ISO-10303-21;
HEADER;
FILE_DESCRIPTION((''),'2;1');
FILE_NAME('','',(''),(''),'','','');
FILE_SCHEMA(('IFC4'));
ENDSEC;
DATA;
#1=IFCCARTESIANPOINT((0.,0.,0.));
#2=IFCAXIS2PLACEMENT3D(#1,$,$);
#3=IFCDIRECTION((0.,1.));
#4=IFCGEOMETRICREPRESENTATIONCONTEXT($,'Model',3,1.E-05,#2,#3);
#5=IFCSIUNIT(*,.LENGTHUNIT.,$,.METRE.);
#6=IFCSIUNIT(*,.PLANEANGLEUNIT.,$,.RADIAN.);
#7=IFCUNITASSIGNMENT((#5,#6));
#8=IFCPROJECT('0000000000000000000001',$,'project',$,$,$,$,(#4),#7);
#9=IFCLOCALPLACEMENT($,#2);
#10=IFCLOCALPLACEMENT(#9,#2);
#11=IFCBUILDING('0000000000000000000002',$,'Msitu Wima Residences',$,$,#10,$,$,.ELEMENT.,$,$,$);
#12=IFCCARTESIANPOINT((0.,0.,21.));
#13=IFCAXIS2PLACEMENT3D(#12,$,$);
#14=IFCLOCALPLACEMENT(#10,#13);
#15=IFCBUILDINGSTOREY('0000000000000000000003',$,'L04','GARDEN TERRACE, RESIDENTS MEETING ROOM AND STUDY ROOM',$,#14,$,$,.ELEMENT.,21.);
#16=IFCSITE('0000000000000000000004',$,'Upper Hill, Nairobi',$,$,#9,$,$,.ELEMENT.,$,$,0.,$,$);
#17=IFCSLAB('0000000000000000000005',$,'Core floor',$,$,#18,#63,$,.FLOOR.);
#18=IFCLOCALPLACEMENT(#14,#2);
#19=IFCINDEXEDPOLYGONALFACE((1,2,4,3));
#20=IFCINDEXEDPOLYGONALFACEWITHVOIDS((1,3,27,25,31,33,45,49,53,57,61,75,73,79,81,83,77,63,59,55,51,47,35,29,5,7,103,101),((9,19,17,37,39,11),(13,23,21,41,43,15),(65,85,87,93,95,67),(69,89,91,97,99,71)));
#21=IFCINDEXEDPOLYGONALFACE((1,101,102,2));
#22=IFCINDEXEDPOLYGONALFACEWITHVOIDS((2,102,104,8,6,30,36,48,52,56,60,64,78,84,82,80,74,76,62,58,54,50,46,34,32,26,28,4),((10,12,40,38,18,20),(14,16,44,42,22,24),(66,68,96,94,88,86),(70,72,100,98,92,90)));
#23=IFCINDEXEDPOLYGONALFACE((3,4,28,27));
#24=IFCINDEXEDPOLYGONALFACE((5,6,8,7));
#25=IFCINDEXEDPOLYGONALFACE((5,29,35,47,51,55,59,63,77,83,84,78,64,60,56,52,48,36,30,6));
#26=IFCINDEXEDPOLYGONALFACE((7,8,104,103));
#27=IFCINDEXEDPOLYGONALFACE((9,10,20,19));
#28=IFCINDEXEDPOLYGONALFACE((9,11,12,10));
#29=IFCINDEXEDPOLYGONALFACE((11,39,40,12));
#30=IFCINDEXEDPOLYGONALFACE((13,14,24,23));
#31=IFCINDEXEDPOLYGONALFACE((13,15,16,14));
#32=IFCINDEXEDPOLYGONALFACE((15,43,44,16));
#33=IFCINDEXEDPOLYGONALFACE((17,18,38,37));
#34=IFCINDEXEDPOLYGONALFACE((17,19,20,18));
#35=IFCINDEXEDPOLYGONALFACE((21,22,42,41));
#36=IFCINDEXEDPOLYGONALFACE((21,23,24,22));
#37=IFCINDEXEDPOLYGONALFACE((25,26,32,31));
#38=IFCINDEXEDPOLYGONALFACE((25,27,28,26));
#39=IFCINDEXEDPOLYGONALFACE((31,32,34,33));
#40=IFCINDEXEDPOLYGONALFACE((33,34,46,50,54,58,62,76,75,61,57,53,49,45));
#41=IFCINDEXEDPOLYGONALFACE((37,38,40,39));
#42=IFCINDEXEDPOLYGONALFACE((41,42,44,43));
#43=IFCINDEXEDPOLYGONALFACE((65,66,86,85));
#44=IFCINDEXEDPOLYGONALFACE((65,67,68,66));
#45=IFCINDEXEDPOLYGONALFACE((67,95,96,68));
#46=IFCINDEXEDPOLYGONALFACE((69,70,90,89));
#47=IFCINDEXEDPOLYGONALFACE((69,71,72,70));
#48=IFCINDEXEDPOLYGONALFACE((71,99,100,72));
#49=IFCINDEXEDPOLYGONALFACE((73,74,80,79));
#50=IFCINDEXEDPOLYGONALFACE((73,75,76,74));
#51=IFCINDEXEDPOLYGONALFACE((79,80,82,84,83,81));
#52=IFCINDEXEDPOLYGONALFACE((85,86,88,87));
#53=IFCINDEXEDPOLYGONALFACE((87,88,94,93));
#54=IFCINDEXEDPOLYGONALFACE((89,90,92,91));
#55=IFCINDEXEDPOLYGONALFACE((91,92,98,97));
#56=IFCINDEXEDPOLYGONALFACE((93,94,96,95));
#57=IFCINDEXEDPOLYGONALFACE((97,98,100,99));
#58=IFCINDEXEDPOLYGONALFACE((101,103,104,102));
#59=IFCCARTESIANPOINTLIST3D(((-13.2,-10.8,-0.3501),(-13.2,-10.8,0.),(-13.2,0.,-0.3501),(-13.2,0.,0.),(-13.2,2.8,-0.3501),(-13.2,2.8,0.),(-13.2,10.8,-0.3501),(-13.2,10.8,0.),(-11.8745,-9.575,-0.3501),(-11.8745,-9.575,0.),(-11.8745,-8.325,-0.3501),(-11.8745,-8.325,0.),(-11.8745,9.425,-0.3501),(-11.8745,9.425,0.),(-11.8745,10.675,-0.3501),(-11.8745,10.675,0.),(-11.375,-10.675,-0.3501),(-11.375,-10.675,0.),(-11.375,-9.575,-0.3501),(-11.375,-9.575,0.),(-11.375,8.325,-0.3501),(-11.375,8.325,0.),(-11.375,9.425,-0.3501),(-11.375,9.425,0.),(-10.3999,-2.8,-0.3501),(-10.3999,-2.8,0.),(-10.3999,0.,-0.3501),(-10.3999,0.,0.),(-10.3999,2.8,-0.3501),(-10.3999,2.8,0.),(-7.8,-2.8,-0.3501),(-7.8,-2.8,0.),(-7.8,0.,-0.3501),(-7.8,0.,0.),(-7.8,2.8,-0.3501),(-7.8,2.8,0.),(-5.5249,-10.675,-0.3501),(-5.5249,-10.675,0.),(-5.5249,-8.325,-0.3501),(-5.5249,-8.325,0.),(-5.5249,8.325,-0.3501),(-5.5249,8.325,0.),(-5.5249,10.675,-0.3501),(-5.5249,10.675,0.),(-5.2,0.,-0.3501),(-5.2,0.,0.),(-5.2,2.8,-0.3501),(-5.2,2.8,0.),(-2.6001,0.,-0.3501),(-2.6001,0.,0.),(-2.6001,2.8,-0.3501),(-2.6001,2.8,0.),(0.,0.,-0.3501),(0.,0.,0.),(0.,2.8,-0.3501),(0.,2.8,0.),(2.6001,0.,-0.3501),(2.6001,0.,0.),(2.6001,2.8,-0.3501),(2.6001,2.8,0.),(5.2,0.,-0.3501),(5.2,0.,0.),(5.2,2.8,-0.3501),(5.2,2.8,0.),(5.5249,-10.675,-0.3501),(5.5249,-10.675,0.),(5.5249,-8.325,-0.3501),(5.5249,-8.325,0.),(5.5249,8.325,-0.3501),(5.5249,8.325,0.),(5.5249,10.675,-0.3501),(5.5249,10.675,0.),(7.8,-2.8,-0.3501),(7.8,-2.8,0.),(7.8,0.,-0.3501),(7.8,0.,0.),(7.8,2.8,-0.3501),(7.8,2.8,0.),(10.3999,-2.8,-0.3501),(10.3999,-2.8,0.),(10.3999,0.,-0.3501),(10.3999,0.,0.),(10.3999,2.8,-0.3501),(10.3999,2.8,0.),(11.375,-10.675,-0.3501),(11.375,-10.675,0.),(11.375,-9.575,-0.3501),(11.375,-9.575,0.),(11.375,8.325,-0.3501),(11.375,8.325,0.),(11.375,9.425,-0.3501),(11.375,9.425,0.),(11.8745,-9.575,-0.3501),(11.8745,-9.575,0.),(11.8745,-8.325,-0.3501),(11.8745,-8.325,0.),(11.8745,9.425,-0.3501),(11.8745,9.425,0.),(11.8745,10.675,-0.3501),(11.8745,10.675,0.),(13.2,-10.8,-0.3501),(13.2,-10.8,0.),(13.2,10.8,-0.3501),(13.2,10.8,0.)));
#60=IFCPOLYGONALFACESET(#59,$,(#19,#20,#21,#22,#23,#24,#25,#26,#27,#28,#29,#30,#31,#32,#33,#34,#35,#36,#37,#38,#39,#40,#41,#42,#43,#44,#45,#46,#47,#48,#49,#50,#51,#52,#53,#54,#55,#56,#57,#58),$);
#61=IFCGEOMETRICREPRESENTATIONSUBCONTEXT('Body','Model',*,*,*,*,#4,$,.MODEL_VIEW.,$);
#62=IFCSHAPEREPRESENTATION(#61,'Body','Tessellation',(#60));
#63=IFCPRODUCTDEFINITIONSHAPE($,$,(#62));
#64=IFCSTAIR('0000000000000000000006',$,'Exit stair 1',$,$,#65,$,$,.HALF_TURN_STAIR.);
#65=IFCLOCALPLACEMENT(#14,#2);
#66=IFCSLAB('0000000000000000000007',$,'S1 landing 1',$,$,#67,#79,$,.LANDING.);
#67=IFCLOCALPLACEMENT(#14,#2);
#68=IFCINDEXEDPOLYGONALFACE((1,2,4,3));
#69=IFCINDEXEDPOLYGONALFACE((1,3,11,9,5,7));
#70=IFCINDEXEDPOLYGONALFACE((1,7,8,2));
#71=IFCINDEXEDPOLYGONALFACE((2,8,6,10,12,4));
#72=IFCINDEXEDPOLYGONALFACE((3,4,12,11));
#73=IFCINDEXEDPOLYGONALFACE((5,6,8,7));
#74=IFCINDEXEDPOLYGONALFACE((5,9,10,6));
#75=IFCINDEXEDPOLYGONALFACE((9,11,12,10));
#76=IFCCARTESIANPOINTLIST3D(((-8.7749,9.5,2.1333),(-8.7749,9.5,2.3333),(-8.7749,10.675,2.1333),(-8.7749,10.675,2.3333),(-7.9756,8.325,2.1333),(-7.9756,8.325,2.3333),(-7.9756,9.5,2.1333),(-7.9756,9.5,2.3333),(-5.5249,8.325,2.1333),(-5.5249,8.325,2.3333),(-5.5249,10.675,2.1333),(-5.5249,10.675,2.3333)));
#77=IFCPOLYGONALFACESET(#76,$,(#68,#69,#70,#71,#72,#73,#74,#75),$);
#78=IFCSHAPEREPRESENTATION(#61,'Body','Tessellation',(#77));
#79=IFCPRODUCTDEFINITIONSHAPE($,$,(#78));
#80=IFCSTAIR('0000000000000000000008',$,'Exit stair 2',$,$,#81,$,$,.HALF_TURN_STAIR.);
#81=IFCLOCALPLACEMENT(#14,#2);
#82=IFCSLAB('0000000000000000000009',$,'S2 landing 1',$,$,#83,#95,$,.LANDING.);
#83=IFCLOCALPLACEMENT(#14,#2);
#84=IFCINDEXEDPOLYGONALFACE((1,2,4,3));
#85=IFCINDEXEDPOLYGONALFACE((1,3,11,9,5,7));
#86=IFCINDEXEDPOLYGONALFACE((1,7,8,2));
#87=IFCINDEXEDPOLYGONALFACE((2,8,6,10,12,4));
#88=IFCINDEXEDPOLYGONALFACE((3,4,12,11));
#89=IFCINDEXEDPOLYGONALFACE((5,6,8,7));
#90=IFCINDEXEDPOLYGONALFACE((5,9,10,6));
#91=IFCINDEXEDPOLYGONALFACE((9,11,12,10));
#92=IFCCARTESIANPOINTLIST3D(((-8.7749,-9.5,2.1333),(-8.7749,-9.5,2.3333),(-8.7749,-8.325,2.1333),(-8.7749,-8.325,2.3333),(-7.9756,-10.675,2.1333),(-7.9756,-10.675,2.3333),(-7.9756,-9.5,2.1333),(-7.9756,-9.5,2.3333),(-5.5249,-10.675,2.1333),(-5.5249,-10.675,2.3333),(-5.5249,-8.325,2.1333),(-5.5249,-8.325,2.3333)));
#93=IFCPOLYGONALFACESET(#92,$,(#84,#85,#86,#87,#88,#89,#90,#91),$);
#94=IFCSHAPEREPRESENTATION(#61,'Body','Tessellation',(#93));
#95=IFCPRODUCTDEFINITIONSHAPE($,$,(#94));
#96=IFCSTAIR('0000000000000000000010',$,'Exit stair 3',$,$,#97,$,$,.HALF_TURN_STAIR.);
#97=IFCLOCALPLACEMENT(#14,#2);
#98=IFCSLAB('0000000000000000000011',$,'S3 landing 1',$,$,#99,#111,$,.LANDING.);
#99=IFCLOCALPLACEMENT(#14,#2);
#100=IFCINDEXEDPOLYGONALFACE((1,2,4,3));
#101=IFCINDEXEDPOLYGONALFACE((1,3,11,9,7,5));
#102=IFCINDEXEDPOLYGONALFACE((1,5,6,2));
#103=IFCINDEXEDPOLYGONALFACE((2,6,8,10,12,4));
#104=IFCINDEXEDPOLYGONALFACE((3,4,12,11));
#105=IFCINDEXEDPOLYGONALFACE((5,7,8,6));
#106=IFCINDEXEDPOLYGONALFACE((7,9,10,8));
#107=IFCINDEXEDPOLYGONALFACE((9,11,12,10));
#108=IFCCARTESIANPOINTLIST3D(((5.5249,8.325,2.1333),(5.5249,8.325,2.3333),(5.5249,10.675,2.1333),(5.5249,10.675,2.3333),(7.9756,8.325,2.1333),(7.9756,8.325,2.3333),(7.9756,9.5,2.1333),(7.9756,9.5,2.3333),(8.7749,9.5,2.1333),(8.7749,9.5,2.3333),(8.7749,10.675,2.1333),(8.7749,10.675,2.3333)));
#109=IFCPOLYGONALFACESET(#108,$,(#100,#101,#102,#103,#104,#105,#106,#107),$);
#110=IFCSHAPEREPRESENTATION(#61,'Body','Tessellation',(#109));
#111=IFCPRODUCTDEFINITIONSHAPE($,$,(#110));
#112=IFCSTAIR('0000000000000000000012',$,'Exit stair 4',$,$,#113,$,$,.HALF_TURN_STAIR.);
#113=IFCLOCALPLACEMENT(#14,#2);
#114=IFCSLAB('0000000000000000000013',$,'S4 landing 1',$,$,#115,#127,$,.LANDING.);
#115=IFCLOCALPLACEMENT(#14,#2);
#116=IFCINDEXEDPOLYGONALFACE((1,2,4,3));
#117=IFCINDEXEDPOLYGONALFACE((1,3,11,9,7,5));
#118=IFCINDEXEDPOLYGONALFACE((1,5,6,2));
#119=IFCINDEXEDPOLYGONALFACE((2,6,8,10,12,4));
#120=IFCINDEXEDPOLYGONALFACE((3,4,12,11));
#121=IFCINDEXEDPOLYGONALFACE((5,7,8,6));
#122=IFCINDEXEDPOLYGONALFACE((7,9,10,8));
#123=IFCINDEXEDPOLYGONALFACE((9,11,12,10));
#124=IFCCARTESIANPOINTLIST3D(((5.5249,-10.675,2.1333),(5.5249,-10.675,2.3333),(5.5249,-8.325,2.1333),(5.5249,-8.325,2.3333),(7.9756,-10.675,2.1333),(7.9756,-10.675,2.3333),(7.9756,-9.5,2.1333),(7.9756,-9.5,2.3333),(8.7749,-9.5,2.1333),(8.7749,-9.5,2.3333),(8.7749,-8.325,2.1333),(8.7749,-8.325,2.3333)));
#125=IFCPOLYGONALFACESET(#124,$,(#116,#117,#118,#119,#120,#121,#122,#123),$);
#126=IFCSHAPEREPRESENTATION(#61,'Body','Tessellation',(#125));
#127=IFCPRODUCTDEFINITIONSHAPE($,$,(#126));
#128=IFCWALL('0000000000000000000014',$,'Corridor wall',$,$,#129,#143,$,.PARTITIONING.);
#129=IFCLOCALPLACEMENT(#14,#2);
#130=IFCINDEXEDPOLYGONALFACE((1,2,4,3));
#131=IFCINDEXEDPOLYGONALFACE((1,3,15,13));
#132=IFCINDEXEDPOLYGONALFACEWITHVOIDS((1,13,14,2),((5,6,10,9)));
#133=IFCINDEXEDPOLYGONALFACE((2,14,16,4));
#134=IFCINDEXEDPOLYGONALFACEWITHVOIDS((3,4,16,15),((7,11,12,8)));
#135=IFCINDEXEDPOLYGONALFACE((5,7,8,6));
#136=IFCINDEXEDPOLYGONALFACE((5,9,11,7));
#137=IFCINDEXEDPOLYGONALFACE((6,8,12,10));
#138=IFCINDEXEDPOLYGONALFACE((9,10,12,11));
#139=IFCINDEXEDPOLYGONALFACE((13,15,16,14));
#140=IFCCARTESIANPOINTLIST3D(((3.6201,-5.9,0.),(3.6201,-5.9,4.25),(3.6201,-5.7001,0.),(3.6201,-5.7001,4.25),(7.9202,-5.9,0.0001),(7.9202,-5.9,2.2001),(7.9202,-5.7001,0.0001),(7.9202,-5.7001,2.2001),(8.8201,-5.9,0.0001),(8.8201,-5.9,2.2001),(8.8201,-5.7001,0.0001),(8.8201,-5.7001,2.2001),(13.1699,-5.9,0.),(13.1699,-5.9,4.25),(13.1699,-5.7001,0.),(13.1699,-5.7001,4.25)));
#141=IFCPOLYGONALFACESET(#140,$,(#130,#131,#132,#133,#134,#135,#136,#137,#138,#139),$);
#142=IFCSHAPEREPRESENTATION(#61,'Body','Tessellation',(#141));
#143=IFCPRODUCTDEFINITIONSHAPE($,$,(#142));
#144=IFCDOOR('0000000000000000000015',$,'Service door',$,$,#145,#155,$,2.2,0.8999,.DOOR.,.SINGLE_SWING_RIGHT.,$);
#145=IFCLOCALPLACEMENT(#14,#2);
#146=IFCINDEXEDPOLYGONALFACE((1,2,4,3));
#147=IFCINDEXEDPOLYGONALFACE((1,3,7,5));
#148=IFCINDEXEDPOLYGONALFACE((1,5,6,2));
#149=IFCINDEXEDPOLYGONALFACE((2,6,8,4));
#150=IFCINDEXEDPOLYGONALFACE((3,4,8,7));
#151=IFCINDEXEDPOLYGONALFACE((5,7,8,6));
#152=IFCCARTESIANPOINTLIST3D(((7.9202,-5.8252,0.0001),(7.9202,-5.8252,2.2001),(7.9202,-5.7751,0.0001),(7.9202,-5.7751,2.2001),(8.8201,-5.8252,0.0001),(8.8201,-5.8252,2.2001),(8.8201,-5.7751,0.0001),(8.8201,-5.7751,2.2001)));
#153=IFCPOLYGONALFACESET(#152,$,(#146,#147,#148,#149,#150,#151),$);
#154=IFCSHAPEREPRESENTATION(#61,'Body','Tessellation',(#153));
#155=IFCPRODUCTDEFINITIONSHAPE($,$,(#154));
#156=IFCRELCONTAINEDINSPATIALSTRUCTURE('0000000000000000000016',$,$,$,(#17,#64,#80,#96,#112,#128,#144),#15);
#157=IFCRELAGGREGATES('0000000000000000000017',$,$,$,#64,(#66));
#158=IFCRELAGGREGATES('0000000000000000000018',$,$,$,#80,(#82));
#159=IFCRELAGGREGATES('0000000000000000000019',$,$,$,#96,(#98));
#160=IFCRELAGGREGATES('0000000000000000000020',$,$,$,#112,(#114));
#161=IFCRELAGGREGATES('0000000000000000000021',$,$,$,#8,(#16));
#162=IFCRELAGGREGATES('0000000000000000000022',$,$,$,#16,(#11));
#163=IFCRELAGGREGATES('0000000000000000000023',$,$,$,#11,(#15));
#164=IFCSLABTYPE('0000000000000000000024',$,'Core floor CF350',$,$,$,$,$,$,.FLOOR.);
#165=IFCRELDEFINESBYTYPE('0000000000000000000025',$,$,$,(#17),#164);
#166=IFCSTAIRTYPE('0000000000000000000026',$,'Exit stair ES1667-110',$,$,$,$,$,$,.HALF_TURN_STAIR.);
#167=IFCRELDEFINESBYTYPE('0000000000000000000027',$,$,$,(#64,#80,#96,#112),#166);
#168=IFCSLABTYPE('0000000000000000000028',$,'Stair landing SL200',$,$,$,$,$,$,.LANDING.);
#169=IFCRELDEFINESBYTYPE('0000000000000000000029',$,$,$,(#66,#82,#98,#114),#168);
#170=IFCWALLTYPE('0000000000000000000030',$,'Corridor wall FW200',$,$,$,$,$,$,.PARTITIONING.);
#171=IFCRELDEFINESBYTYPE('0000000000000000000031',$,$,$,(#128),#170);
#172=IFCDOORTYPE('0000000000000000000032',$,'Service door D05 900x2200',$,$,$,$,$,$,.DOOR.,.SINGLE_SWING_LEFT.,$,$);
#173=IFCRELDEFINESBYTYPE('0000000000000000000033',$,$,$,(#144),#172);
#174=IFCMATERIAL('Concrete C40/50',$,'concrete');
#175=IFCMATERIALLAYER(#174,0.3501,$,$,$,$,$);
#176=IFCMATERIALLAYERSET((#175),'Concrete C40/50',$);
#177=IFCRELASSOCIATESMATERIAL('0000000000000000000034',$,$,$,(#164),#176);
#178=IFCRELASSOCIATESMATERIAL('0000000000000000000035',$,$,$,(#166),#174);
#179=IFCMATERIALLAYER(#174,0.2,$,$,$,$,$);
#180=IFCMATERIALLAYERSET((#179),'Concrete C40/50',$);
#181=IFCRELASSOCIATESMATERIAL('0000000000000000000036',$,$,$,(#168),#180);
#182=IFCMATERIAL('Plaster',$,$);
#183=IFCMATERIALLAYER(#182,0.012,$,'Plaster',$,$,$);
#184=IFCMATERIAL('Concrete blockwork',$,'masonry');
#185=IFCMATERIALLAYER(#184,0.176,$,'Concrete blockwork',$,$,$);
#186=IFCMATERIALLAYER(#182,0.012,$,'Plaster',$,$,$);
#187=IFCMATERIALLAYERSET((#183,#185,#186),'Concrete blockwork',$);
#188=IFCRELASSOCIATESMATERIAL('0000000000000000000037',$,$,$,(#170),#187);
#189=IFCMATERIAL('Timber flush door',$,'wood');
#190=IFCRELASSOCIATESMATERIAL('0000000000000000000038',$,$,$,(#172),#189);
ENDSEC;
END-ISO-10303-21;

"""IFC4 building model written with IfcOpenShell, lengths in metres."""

from ifc_helpers import new_model, si_unit, direction, frame, frame_2d, origin, place, context, subcontext, project, spatial, polyline, rectangle, outline, extrude, material, layer, layer_set, type_object, element, fill, aggregate, save


model = new_model("IFC4")

# Units and contexts
model_context = context("Model", 3, precision=1e-05, world=origin(), true_north=direction((0.0, 1.0)))
body_context = subcontext(model_context, "Body", "Model", "MODEL_VIEW")
ifc_project = project(units=[si_unit("LENGTHUNIT", "METRE"), si_unit("PLANEANGLEUNIT", "RADIAN")], contexts=[model_context])

# Site, building, storey
site_placement = place(None, origin())
site = spatial("IfcSite", under=ifc_project, at=site_placement, Name="Upper Hill, Nairobi", CompositionType="ELEMENT", RefElevation=0.0)
building_placement = place(site_placement, origin())
building = spatial("IfcBuilding", under=site, at=building_placement, Name="Msitu Wima Residences", CompositionType="ELEMENT")
storey_placement = place(building_placement, frame((0.0, 0.0, 21.0)))
storey = spatial("IfcBuildingStorey", under=building, at=storey_placement, Name="L04", Description="GARDEN TERRACE, RESIDENTS MEETING ROOM AND STUDY ROOM", CompositionType="ELEMENT", Elevation=21.0)

# Slab
ifc_material_1 = material(Name="Concrete C40/50", Category="concrete")
ifc_layer_1 = layer(ifc_material_1, 0.3501)
ifc_layer_set_1 = layer_set([ifc_layer_1], Name="Concrete C40/50")
slab_type_1 = type_object("IfcSlabType", Name="Core floor CF350", PredefinedType="FLOOR", material=ifc_layer_set_1)
slab_1_placement = place(storey_placement, frame((0.0, 0.0, -0.3501)))
element("IfcSlab", 1, at=slab_1_placement, inside=storey, type_object=slab_type_1, Name="Core floor", PredefinedType="FLOOR", context=body_context, shape_type="SweptSolid", body=[
    extrude(outline(polyline([(-13.2, 10.8), (-13.2, 2.8), (-10.3999, 2.8), (-7.8, 2.8), (-5.2, 2.8), (-2.6001, 2.8), (0.0, 2.8), (2.6001, 2.8), (5.2, 2.8), (7.8, 2.8), (10.3999, 2.8), (10.3999, 0.0), (10.3999, -2.8), (7.8, -2.8), (7.8, 0.0), (5.2, 0.0), (2.6001, 0.0), (0.0, 0.0), (-2.6001, 0.0), (-5.2, 0.0), (-7.8, 0.0), (-7.8, -2.8), (-10.3999, -2.8), (-10.3999, 0.0), (-13.2, 0.0), (-13.2, -10.8), (13.2, -10.8), (13.2, 10.8), (-13.2, 10.8)]), holes=[polyline([(-11.375, -10.675), (-11.375, -9.575), (-11.8745, -9.575), (-11.8745, -8.325), (-5.5249, -8.325), (-5.5249, -10.675), (-11.375, -10.675)]), polyline([(-11.375, 9.425), (-11.8745, 9.425), (-11.8745, 10.675), (-5.5249, 10.675), (-5.5249, 8.325), (-11.375, 8.325), (-11.375, 9.425)]), polyline([(11.375, -9.575), (11.375, -10.675), (5.5249, -10.675), (5.5249, -8.325), (11.8745, -8.325), (11.8745, -9.575), (11.375, -9.575)]), polyline([(11.375, 9.425), (11.375, 8.325), (5.5249, 8.325), (5.5249, 10.675), (11.8745, 10.675), (11.8745, 9.425), (11.375, 9.425)])]), origin(), (0.0, 0.0, 1.0), 0.3501),
])

# Stairs, slabs
stair_type = type_object("IfcStairType", Name="Exit stair ES1667-110", PredefinedType="HALF_TURN_STAIR", material=ifc_material_1)
stair_1_placement = place(storey_placement, origin())
stair_1 = element("IfcStair", 2, at=stair_1_placement, inside=storey, type_object=stair_type, Name="Exit stair 1", PredefinedType="HALF_TURN_STAIR")
ifc_layer_2 = layer(ifc_material_1, 0.2)
ifc_layer_set_2 = layer_set([ifc_layer_2], Name="Concrete C40/50")
slab_type_2 = type_object("IfcSlabType", Name="Stair landing SL200", PredefinedType="LANDING", material=ifc_layer_set_2)
slab_2_placement = place(storey_placement, frame((0.0, 0.0, 2.1333)))
slab_2 = element("IfcSlab", 3, at=slab_2_placement, type_object=slab_type_2, Name="S1 landing 1", PredefinedType="LANDING", context=body_context, shape_type="SweptSolid", body=[
    extrude(outline(polyline([(-5.5249, 8.325), (-7.9756, 8.325), (-7.9756, 9.5), (-8.7749, 9.5), (-8.7749, 10.675), (-5.5249, 10.675), (-5.5249, 8.325)])), origin(), (0.0, 0.0, 1.0), 0.2),
])
aggregate(stair_1, [slab_2])
stair_2_placement = place(storey_placement, origin())
stair_2 = element("IfcStair", 4, at=stair_2_placement, inside=storey, type_object=stair_type, Name="Exit stair 2", PredefinedType="HALF_TURN_STAIR")
slab_3_placement = place(storey_placement, frame((0.0, 0.0, 2.1333)))
slab_3 = element("IfcSlab", 5, at=slab_3_placement, type_object=slab_type_2, Name="S2 landing 1", PredefinedType="LANDING", context=body_context, shape_type="SweptSolid", body=[
    extrude(outline(polyline([(-5.5249, -10.675), (-7.9756, -10.675), (-7.9756, -9.5), (-8.7749, -9.5), (-8.7749, -8.325), (-5.5249, -8.325), (-5.5249, -10.675)])), origin(), (0.0, 0.0, 1.0), 0.2),
])
aggregate(stair_2, [slab_3])
stair_3_placement = place(storey_placement, origin())
stair_3 = element("IfcStair", 6, at=stair_3_placement, inside=storey, type_object=stair_type, Name="Exit stair 3", PredefinedType="HALF_TURN_STAIR")
slab_4_placement = place(storey_placement, frame((0.0, 0.0, 2.1333)))
slab_4 = element("IfcSlab", 7, at=slab_4_placement, type_object=slab_type_2, Name="S3 landing 1", PredefinedType="LANDING", context=body_context, shape_type="SweptSolid", body=[
    extrude(outline(polyline([(5.5249, 8.325), (7.9756, 8.325), (7.9756, 9.5), (8.7749, 9.5), (8.7749, 10.675), (5.5249, 10.675), (5.5249, 8.325)])), origin(), (0.0, 0.0, 1.0), 0.2),
])
aggregate(stair_3, [slab_4])
stair_4_placement = place(storey_placement, origin())
stair_4 = element("IfcStair", 8, at=stair_4_placement, inside=storey, type_object=stair_type, Name="Exit stair 4", PredefinedType="HALF_TURN_STAIR")
slab_5_placement = place(storey_placement, frame((0.0, 0.0, 2.1333)))
slab_5 = element("IfcSlab", 9, at=slab_5_placement, type_object=slab_type_2, Name="S4 landing 1", PredefinedType="LANDING", context=body_context, shape_type="SweptSolid", body=[
    extrude(outline(polyline([(5.5249, -10.675), (7.9756, -10.675), (7.9756, -9.5), (8.7749, -9.5), (8.7749, -8.325), (5.5249, -8.325), (5.5249, -10.675)])), origin(), (0.0, 0.0, 1.0), 0.2),
])

# Wall, opening, door
ifc_material_2 = material(Name="Plaster")
ifc_layer_3 = layer(ifc_material_2, 0.012, Name="Plaster")
ifc_material_3 = material(Name="Concrete blockwork", Category="masonry")
ifc_layer_4 = layer(ifc_material_3, 0.176, Name="Concrete blockwork")
ifc_layer_5 = layer(ifc_material_2, 0.012, Name="Plaster")
ifc_layer_set_3 = layer_set([ifc_layer_3, ifc_layer_4, ifc_layer_5], Name="Concrete blockwork")
wall_type_1 = type_object("IfcWallType", Name="Corridor wall FW200", PredefinedType="PARTITIONING", material=ifc_layer_set_3)
wall_1_placement = place(storey_placement, frame((3.6201, -5.8, 0.0), z_axis=(0.0, 0.0, 1.0), x_axis=(1.0, 0.0, 0.0)))
wall_1 = element("IfcWall", 10, at=wall_1_placement, inside=storey, type_object=wall_type_1, Name="Corridor wall", PredefinedType="PARTITIONING", context=body_context, shape_type="SweptSolid", body=[
    extrude(rectangle(XDim=9.5498, YDim=0.2, at=frame_2d((4.7749, 0.0))), origin(), (0.0, 0.0, 1.0), 4.25),
])
opening_1_placement = place(wall_1_placement, frame((4.3, 0.0, 0.0)))
opening_1 = element("IfcOpeningElement", 11, at=opening_1_placement, cuts=wall_1, PredefinedType="OPENING", context=body_context, shape_type="SweptSolid", body=[
    extrude(rectangle(XDim=0.8999, YDim=2.2, at=frame_2d((0.45, 1.1001))), frame((0.0, 0.1099, 0.0), z_axis=(0.0, -1.0, 0.0), x_axis=(1.0, 0.0, 0.0)), (0.0, 0.0, 1.0), 0.22),
])
ifc_material_4 = material(Name="Timber flush door", Category="wood")
door_type = type_object("IfcDoorType", Name="Service door D05 900x2200", OperationType="SINGLE_SWING_LEFT", PredefinedType="DOOR", material=ifc_material_4)
door_1_placement = place(opening_1_placement, origin())
door_1 = element("IfcDoor", 12, at=door_1_placement, inside=storey, type_object=door_type, Name="Service door", OperationType="SINGLE_SWING_RIGHT", OverallHeight=2.2, OverallWidth=0.8999, PredefinedType="DOOR", context=body_context, shape_type="SweptSolid", body=[
    extrude(rectangle(XDim=0.8999, YDim=2.2, at=frame_2d((0.45, 1.1001))), frame((0.0, 0.0249, 0.0), z_axis=(0.0, -1.0, 0.0), x_axis=(1.0, 0.0, 0.0)), (0.0, 0.0, 1.0), 0.05),
])
fill(opening_1, door_1)

aggregate(stair_4, [slab_5])

save(model, "model.ifc")
